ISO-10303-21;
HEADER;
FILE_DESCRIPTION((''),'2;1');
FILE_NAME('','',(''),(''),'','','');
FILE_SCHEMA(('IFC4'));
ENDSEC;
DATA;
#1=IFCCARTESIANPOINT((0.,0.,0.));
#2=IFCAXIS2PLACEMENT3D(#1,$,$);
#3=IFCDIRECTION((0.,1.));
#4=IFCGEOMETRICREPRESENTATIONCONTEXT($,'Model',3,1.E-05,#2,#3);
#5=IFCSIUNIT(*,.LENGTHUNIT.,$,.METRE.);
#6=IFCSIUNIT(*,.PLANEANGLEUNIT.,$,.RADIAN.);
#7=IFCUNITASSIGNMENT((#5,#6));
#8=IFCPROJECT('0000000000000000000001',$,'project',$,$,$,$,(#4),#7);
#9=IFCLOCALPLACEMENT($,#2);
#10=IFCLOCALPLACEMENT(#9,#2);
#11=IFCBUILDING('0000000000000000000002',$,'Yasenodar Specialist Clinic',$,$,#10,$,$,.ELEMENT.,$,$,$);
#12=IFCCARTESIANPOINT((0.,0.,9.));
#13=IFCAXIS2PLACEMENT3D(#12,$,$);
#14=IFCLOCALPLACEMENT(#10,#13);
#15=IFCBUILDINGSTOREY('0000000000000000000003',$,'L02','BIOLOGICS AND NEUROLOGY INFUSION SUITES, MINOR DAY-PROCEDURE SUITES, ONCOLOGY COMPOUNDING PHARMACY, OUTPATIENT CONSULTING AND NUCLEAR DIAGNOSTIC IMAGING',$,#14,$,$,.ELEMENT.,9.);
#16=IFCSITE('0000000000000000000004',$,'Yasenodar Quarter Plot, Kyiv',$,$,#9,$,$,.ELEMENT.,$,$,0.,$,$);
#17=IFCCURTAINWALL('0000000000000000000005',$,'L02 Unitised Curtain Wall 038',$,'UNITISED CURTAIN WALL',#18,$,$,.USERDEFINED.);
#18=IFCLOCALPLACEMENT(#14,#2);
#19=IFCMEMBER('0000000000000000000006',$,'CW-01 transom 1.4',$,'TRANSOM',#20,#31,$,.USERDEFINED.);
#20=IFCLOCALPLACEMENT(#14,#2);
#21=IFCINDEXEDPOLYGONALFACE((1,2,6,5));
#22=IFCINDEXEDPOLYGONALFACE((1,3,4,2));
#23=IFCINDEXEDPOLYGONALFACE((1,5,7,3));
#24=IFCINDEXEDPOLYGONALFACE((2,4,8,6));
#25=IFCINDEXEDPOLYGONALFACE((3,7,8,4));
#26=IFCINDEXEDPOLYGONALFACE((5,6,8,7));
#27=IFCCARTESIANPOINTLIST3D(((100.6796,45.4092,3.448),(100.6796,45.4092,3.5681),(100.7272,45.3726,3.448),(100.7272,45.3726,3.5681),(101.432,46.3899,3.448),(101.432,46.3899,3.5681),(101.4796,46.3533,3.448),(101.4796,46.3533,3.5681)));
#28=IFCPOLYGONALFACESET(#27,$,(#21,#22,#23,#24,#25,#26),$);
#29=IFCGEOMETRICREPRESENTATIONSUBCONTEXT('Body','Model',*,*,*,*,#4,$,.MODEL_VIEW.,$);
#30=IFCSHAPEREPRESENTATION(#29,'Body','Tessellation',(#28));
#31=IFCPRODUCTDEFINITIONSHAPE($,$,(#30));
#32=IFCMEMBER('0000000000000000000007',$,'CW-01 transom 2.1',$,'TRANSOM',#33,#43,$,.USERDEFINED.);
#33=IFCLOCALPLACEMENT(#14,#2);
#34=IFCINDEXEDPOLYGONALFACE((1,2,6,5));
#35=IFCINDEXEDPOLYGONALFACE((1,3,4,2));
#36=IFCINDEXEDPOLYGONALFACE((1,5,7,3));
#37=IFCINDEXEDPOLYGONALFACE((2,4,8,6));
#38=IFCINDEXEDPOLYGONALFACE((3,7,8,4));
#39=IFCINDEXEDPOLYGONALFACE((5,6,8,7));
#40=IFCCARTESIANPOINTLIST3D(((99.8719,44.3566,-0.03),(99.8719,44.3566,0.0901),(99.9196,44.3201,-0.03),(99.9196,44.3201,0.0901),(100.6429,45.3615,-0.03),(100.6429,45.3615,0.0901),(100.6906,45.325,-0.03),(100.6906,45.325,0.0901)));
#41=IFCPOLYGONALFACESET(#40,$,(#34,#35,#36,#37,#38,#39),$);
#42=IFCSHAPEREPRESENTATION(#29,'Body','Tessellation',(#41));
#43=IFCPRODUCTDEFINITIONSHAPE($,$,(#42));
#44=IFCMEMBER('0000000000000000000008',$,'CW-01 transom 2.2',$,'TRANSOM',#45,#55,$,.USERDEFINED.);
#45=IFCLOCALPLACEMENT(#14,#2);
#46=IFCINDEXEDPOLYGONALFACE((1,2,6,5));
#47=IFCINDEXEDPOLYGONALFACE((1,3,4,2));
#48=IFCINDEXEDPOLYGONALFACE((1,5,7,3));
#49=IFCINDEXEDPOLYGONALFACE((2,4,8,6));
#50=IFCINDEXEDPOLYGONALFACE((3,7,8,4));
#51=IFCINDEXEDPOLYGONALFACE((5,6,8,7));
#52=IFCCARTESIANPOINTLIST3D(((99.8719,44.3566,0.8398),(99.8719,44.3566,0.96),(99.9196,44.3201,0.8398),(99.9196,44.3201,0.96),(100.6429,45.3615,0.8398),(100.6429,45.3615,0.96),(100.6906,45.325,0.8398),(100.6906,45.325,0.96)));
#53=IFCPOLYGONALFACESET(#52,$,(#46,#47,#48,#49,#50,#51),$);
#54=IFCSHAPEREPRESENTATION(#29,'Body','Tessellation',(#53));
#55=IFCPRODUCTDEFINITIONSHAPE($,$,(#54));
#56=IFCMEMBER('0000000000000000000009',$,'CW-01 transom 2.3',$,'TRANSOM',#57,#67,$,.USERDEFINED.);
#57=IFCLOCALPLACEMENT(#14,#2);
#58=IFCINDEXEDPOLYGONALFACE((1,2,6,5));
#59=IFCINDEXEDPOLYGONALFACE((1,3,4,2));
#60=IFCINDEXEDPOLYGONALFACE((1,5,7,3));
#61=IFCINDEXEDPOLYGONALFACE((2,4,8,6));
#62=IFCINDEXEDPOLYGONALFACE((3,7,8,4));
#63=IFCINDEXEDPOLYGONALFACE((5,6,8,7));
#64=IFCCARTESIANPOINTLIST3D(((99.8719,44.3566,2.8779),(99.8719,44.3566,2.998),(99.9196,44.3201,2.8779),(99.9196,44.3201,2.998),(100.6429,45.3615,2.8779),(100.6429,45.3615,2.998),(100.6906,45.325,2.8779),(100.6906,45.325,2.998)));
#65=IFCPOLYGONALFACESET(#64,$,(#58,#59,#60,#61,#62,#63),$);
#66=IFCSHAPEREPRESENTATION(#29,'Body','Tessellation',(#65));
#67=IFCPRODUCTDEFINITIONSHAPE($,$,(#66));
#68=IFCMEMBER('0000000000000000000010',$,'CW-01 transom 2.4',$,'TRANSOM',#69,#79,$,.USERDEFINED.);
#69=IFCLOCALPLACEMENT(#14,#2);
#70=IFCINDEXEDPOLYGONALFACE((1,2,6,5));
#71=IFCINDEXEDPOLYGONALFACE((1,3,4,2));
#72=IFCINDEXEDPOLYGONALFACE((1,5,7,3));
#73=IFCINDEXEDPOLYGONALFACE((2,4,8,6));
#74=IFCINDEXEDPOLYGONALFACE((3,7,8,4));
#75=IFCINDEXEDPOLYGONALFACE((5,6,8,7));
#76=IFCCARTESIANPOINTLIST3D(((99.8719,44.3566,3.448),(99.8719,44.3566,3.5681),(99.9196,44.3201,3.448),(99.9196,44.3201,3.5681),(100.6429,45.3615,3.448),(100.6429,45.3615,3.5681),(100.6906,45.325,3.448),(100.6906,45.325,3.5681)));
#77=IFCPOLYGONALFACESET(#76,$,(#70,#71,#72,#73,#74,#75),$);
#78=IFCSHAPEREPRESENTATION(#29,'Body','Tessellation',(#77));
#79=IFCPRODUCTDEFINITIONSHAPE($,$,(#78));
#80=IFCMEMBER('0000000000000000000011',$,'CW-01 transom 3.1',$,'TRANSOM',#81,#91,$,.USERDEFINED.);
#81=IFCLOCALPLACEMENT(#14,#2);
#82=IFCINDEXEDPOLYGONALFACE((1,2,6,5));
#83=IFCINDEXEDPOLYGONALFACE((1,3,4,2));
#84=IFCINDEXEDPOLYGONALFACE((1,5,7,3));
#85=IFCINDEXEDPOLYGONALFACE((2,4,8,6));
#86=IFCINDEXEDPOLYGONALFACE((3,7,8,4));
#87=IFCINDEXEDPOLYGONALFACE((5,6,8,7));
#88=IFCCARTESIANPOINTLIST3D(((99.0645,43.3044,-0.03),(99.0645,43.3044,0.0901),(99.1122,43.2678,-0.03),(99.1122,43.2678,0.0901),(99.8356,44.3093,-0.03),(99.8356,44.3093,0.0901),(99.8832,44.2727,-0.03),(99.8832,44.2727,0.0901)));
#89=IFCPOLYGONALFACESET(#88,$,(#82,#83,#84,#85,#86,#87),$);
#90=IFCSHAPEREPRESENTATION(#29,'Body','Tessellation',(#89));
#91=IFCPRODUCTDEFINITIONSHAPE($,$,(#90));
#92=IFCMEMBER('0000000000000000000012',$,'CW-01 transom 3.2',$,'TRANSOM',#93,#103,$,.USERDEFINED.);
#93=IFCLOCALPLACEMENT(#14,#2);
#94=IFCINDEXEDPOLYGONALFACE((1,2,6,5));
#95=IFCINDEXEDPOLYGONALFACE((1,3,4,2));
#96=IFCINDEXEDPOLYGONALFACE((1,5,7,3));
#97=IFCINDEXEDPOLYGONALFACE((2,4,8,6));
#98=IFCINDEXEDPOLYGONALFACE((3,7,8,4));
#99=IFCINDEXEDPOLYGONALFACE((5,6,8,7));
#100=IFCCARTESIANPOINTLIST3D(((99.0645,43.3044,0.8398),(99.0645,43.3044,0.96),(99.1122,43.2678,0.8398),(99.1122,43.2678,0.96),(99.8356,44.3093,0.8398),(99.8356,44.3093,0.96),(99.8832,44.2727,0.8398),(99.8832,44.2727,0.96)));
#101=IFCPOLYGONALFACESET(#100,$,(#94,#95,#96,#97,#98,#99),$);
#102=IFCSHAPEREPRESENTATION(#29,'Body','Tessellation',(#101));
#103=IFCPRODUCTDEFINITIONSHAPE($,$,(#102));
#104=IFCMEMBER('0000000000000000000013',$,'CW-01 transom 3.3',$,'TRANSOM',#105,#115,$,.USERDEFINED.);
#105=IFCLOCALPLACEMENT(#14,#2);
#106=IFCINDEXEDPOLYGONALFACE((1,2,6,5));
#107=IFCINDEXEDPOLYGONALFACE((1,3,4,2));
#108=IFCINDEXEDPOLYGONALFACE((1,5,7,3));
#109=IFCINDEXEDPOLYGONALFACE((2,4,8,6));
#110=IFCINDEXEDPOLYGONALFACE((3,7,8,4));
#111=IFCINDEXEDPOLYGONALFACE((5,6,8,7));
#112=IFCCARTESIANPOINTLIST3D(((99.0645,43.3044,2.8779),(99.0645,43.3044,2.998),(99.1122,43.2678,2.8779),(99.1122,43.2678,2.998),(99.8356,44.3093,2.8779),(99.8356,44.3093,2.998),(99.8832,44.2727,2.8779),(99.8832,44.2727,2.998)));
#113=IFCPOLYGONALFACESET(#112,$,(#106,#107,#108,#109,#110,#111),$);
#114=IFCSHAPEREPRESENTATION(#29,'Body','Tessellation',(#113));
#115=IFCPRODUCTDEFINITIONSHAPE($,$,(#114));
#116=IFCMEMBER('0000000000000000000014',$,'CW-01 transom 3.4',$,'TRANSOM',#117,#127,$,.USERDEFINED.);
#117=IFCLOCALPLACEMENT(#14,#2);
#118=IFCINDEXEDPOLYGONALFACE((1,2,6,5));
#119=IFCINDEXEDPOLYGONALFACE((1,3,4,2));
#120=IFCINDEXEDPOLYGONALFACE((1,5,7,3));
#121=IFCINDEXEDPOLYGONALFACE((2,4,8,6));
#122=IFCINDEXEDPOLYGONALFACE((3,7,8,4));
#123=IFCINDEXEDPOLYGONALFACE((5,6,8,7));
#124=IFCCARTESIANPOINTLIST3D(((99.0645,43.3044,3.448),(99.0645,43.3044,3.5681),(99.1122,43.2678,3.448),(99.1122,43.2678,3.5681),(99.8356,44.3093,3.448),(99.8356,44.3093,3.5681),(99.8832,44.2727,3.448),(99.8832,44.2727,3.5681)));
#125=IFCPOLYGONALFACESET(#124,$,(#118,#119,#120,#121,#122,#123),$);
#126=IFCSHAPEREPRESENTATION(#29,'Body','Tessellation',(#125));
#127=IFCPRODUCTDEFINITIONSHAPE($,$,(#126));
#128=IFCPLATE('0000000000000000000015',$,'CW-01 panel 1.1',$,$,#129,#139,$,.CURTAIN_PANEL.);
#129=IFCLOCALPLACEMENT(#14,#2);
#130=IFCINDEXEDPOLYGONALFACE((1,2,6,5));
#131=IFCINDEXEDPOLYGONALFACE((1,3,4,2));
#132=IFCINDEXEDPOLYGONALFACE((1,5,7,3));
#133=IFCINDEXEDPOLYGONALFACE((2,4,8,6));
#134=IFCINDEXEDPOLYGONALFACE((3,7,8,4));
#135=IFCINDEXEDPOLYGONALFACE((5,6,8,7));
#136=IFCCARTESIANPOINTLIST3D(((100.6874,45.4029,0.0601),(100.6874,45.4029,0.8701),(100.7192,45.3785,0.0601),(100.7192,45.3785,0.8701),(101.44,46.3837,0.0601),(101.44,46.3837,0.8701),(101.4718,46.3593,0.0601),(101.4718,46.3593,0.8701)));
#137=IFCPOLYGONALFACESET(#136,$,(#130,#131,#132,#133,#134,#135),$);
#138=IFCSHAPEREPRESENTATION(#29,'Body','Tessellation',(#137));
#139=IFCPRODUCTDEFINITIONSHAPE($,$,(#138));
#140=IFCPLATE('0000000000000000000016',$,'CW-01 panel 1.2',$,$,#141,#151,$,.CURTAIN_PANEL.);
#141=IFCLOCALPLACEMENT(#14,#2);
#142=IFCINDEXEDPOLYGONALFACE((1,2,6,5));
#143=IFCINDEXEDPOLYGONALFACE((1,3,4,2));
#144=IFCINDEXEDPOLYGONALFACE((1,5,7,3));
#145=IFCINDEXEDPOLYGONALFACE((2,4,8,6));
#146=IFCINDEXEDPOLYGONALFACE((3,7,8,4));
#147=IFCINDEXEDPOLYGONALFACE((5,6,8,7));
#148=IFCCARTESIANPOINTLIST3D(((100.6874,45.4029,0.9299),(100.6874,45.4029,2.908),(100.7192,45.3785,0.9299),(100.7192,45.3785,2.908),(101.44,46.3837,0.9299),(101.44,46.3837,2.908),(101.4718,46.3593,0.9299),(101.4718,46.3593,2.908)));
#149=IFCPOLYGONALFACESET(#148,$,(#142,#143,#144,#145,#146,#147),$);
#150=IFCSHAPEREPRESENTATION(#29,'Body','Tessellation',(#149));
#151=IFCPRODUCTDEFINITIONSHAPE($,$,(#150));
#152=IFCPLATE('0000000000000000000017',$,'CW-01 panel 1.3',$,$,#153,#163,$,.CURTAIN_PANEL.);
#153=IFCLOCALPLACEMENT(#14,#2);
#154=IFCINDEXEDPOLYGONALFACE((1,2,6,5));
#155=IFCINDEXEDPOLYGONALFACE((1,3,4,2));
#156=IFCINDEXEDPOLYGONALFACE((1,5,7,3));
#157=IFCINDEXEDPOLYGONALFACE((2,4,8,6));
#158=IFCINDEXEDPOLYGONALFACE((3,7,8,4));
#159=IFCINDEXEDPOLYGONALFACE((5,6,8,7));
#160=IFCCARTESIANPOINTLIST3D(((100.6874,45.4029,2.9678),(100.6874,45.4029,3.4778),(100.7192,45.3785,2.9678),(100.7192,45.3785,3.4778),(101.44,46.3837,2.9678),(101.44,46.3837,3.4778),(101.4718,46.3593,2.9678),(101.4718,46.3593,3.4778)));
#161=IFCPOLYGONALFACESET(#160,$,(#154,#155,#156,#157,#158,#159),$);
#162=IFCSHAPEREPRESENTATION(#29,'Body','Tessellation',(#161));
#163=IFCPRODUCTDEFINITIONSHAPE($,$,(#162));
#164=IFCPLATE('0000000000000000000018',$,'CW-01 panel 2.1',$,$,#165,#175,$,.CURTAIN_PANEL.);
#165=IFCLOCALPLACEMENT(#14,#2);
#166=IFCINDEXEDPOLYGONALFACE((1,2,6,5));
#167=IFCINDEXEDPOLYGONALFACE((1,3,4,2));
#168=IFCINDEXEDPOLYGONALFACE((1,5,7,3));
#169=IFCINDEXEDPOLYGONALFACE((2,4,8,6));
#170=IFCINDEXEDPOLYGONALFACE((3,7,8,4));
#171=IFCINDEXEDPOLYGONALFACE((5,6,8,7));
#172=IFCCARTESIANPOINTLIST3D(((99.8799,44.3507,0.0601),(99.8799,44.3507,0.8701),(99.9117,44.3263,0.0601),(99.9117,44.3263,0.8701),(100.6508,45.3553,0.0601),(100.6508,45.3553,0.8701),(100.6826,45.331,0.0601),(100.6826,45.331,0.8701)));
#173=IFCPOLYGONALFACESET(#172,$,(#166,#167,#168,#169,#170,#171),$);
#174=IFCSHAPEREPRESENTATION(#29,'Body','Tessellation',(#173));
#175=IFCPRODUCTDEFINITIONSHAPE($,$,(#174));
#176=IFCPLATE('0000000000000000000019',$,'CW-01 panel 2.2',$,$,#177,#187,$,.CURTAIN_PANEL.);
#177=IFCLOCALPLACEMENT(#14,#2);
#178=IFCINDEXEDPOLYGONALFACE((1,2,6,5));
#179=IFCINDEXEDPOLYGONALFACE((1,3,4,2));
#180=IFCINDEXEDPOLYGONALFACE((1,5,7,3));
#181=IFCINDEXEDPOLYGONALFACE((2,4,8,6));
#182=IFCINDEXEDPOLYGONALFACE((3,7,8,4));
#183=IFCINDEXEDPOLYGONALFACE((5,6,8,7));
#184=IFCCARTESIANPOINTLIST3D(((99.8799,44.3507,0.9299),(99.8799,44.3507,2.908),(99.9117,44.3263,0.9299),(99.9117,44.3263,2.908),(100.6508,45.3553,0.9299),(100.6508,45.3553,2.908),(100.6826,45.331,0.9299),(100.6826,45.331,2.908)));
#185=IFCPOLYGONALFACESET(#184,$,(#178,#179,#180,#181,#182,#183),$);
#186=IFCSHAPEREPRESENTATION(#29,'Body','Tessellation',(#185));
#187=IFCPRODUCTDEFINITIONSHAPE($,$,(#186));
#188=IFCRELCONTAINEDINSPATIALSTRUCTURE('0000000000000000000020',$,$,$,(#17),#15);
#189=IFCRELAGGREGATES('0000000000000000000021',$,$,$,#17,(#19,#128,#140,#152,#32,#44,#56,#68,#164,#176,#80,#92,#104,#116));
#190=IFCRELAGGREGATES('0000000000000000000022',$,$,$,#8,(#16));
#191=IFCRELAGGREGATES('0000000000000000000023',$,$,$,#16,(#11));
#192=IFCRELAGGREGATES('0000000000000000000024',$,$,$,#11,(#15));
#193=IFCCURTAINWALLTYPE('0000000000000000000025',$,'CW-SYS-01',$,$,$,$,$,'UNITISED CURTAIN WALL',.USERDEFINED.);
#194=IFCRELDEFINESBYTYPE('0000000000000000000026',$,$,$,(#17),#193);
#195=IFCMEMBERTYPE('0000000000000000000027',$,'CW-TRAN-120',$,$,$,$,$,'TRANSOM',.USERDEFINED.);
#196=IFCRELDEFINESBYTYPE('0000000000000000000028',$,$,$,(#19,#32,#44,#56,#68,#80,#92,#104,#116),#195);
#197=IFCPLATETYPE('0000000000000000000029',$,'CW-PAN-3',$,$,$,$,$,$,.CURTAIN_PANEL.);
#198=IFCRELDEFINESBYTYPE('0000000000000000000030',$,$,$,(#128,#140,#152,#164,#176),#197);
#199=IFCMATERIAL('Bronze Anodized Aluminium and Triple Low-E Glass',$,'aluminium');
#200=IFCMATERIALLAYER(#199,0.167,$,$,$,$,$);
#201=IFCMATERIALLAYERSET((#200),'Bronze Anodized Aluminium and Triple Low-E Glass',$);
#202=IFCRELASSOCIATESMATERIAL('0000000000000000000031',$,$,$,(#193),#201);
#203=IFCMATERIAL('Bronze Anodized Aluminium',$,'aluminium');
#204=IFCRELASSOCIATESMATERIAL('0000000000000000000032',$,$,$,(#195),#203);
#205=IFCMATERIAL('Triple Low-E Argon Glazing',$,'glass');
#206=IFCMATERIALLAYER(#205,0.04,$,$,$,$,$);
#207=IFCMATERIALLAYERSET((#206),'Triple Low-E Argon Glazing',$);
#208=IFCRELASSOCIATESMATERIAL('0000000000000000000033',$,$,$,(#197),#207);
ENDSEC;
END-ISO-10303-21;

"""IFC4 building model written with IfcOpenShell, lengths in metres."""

from ifc_helpers import new_model, si_unit, direction, frame, origin, origin_2d, place, context, subcontext, project, spatial, rectangle, extrude, material, layer, layer_set, material_profile, profile_set, type_object, element, aggregate, save


model = new_model("IFC4")

# Units and contexts
model_context = context("Model", 3, precision=1e-05, world=origin(), true_north=direction((0.0, 1.0)))
body_context = subcontext(model_context, "Body", "Model", "MODEL_VIEW")
ifc_project = project(units=[si_unit("LENGTHUNIT", "METRE"), si_unit("PLANEANGLEUNIT", "RADIAN")], contexts=[model_context])

# Site, building, storey
site_placement = place(None, origin())
site = spatial("IfcSite", under=ifc_project, at=site_placement, Name="Yasenodar Quarter Plot, Kyiv", CompositionType="ELEMENT", RefElevation=0.0)
building_placement = place(site_placement, origin())
building = spatial("IfcBuilding", under=site, at=building_placement, Name="Yasenodar Specialist Clinic", CompositionType="ELEMENT")
storey_placement = place(building_placement, frame((0.0, 0.0, 9.0)))
storey = spatial("IfcBuildingStorey", under=building, at=storey_placement, Name="L02", Description="BIOLOGICS AND NEUROLOGY INFUSION SUITES, MINOR DAY-PROCEDURE SUITES, ONCOLOGY COMPOUNDING PHARMACY, OUTPATIENT CONSULTING AND NUCLEAR DIAGNOSTIC IMAGING", CompositionType="ELEMENT", Elevation=9.0)

# Curtain wall, members, plates
ifc_material_1 = material(Name="Bronze Anodized Aluminium and Triple Low-E Glass", Category="aluminium")
ifc_layer_1 = layer(ifc_material_1, 0.167)
ifc_layer_set_1 = layer_set([ifc_layer_1], Name="Bronze Anodized Aluminium and Triple Low-E Glass")
curtain_wall_type = type_object("IfcCurtainWallType", Name="CW-SYS-01", ElementType="UNITISED CURTAIN WALL", PredefinedType="USERDEFINED", material=ifc_layer_set_1)
curtain_wall_placement = place(storey_placement, origin())
curtain_wall = element("IfcCurtainWall", 1, at=curtain_wall_placement, inside=storey, type_object=curtain_wall_type, Name="L02 Unitised Curtain Wall 038", ObjectType="UNITISED CURTAIN WALL", PredefinedType="USERDEFINED")
ifc_material_2 = material(Name="Bronze Anodized Aluminium", Category="aluminium")
ifc_material_profile_1 = material_profile(ifc_material_2, rectangle(XDim=0.0601, YDim=0.1201, at=origin_2d()), Name="CW-TRAN 60x120")
ifc_profile_set_1 = profile_set([ifc_material_profile_1], Name="Bronze Anodized Aluminium")
member_type_1 = type_object("IfcMemberType", Name="CW-TRAN-120", ElementType="TRANSOM", PredefinedType="USERDEFINED", material=ifc_profile_set_1)
member_1_placement = place(storey_placement, frame((101.4558, 46.3716, 3.5081), z_axis=(-0.608718, -0.793387, 0.0), x_axis=(0.793387, -0.608718, 0.0)))
member_1 = element("IfcMember", 2, at=member_1_placement, type_object=member_type_1, Name="CW-01 transom 1.4", ObjectType="TRANSOM", PredefinedType="USERDEFINED", context=body_context, shape_type="SweptSolid", body=[
    extrude(rectangle(XDim=0.0601, YDim=0.1201, at=origin_2d()), origin(), (0.0, 0.0, 1.0), 1.2361),
])
member_2_placement = place(storey_placement, frame((100.6667, 45.3433, 0.03), z_axis=(-0.608723, -0.793383, 0.0), x_axis=(0.793383, -0.608723, 0.0)))
member_2 = element("IfcMember", 3, at=member_2_placement, type_object=member_type_1, Name="CW-01 transom 2.1", ObjectType="TRANSOM", PredefinedType="USERDEFINED", context=body_context, shape_type="SweptSolid", body=[
    extrude(rectangle(XDim=0.0601, YDim=0.1201, at=origin_2d()), origin(), (0.0, 0.0, 1.0), 1.2666),
])
member_3_placement = place(storey_placement, frame((100.6667, 45.3433, 0.8999), z_axis=(-0.608723, -0.793383, 0.0), x_axis=(0.793383, -0.608723, 0.0)))
member_3 = element("IfcMember", 4, at=member_3_placement, type_object=member_type_1, Name="CW-01 transom 2.2", ObjectType="TRANSOM", PredefinedType="USERDEFINED", context=body_context, shape_type="SweptSolid", body=[
    extrude(rectangle(XDim=0.0601, YDim=0.1201, at=origin_2d()), origin(), (0.0, 0.0, 1.0), 1.2666),
])
member_4_placement = place(storey_placement, frame((100.6667, 45.3433, 2.938), z_axis=(-0.608723, -0.793383, 0.0), x_axis=(0.793383, -0.608723, 0.0)))
member_4 = element("IfcMember", 5, at=member_4_placement, type_object=member_type_1, Name="CW-01 transom 2.3", ObjectType="TRANSOM", PredefinedType="USERDEFINED", context=body_context, shape_type="SweptSolid", body=[
    extrude(rectangle(XDim=0.0601, YDim=0.1201, at=origin_2d()), origin(), (0.0, 0.0, 1.0), 1.2666),
])
member_5_placement = place(storey_placement, frame((100.6667, 45.3433, 3.5081), z_axis=(-0.608723, -0.793383, 0.0), x_axis=(0.793383, -0.608723, 0.0)))
member_5 = element("IfcMember", 6, at=member_5_placement, type_object=member_type_1, Name="CW-01 transom 2.4", ObjectType="TRANSOM", PredefinedType="USERDEFINED", context=body_context, shape_type="SweptSolid", body=[
    extrude(rectangle(XDim=0.0601, YDim=0.1201, at=origin_2d()), origin(), (0.0, 0.0, 1.0), 1.2666),
])
member_6_placement = place(storey_placement, frame((99.8594, 44.291, 0.03), z_axis=(-0.608723, -0.793383, 0.0), x_axis=(0.793383, -0.608723, 0.0)))
member_6 = element("IfcMember", 7, at=member_6_placement, type_object=member_type_1, Name="CW-01 transom 3.1", ObjectType="TRANSOM", PredefinedType="USERDEFINED", context=body_context, shape_type="SweptSolid", body=[
    extrude(rectangle(XDim=0.0601, YDim=0.1201, at=origin_2d()), origin(), (0.0, 0.0, 1.0), 1.2666),
])
member_7_placement = place(storey_placement, frame((99.8594, 44.291, 0.8999), z_axis=(-0.608723, -0.793383, 0.0), x_axis=(0.793383, -0.608723, 0.0)))
member_7 = element("IfcMember", 8, at=member_7_placement, type_object=member_type_1, Name="CW-01 transom 3.2", ObjectType="TRANSOM", PredefinedType="USERDEFINED", context=body_context, shape_type="SweptSolid", body=[
    extrude(rectangle(XDim=0.0601, YDim=0.1201, at=origin_2d()), origin(), (0.0, 0.0, 1.0), 1.2666),
])
member_8_placement = place(storey_placement, frame((99.8594, 44.291, 2.938), z_axis=(-0.608723, -0.793383, 0.0), x_axis=(0.793383, -0.608723, 0.0)))
member_8 = element("IfcMember", 9, at=member_8_placement, type_object=member_type_1, Name="CW-01 transom 3.3", ObjectType="TRANSOM", PredefinedType="USERDEFINED", context=body_context, shape_type="SweptSolid", body=[
    extrude(rectangle(XDim=0.0601, YDim=0.1201, at=origin_2d()), origin(), (0.0, 0.0, 1.0), 1.2666),
])
member_9_placement = place(storey_placement, frame((99.8594, 44.291, 3.5081), z_axis=(-0.608723, -0.793383, 0.0), x_axis=(0.793383, -0.608723, 0.0)))
member_9 = element("IfcMember", 10, at=member_9_placement, type_object=member_type_1, Name="CW-01 transom 3.4", ObjectType="TRANSOM", PredefinedType="USERDEFINED", context=body_context, shape_type="SweptSolid", body=[
    extrude(rectangle(XDim=0.0601, YDim=0.1201, at=origin_2d()), origin(), (0.0, 0.0, 1.0), 1.2666),
])
ifc_material_3 = material(Name="Triple Low-E Argon Glazing", Category="glass")
ifc_layer_2 = layer(ifc_material_3, 0.04)
ifc_layer_set_2 = layer_set([ifc_layer_2], Name="Triple Low-E Argon Glazing")
plate_type_1 = type_object("IfcPlateType", Name="CW-PAN-3", PredefinedType="CURTAIN_PANEL", material=ifc_layer_set_2)
plate_1_placement = place(storey_placement, frame((101.0796, 45.8811, 0.0601), z_axis=(0.0, 0.0, 1.0), x_axis=(-0.608752, -0.793361, 0.0)))
plate_1 = element("IfcPlate", 11, at=plate_1_placement, type_object=plate_type_1, Name="CW-01 panel 1.1", PredefinedType="CURTAIN_PANEL", context=body_context, shape_type="SweptSolid", body=[
    extrude(rectangle(XDim=1.2363, YDim=0.04, at=origin_2d()), origin(), (0.0, 0.0, 1.0), 0.8101),
])
plate_2_placement = place(storey_placement, frame((101.0796, 45.8811, 0.9299), z_axis=(0.0, 0.0, 1.0), x_axis=(-0.608752, -0.793361, 0.0)))
plate_2 = element("IfcPlate", 12, at=plate_2_placement, type_object=plate_type_1, Name="CW-01 panel 1.2", PredefinedType="CURTAIN_PANEL", context=body_context, shape_type="SweptSolid", body=[
    extrude(rectangle(XDim=1.2363, YDim=0.04, at=origin_2d()), origin(), (0.0, 0.0, 1.0), 1.978),
])
plate_3_placement = place(storey_placement, frame((101.0796, 45.8811, 2.9678), z_axis=(0.0, 0.0, 1.0), x_axis=(-0.608752, -0.793361, 0.0)))
plate_3 = element("IfcPlate", 13, at=plate_3_placement, type_object=plate_type_1, Name="CW-01 panel 1.3", PredefinedType="CURTAIN_PANEL", context=body_context, shape_type="SweptSolid", body=[
    extrude(rectangle(XDim=1.2363, YDim=0.04, at=origin_2d()), origin(), (0.0, 0.0, 1.0), 0.51),
])
plate_4_placement = place(storey_placement, frame((100.2812, 44.8408, 0.0601), z_axis=(0.0, 0.0, 1.0), x_axis=(-0.608752, -0.793361, 0.0)))
plate_4 = element("IfcPlate", 14, at=plate_4_placement, type_object=plate_type_1, Name="CW-01 panel 2.1", PredefinedType="CURTAIN_PANEL", context=body_context, shape_type="SweptSolid", body=[
    extrude(rectangle(XDim=1.2664, YDim=0.04, at=origin_2d()), origin(), (0.0, 0.0, 1.0), 0.8101),
])
plate_5_placement = place(storey_placement, frame((100.2812, 44.8408, 0.9299), z_axis=(0.0, 0.0, 1.0), x_axis=(-0.608752, -0.793361, 0.0)))
plate_5 = element("IfcPlate", 15, at=plate_5_placement, type_object=plate_type_1, Name="CW-01 panel 2.2", PredefinedType="CURTAIN_PANEL", context=body_context, shape_type="SweptSolid", body=[
    extrude(rectangle(XDim=1.2664, YDim=0.04, at=origin_2d()), origin(), (0.0, 0.0, 1.0), 1.978),
])
aggregate(curtain_wall, [member_1, plate_1, plate_2, plate_3, member_2, member_3, member_4, member_5, plate_4, plate_5, member_6, member_7, member_8, member_9])

save(model, "model.ifc")
